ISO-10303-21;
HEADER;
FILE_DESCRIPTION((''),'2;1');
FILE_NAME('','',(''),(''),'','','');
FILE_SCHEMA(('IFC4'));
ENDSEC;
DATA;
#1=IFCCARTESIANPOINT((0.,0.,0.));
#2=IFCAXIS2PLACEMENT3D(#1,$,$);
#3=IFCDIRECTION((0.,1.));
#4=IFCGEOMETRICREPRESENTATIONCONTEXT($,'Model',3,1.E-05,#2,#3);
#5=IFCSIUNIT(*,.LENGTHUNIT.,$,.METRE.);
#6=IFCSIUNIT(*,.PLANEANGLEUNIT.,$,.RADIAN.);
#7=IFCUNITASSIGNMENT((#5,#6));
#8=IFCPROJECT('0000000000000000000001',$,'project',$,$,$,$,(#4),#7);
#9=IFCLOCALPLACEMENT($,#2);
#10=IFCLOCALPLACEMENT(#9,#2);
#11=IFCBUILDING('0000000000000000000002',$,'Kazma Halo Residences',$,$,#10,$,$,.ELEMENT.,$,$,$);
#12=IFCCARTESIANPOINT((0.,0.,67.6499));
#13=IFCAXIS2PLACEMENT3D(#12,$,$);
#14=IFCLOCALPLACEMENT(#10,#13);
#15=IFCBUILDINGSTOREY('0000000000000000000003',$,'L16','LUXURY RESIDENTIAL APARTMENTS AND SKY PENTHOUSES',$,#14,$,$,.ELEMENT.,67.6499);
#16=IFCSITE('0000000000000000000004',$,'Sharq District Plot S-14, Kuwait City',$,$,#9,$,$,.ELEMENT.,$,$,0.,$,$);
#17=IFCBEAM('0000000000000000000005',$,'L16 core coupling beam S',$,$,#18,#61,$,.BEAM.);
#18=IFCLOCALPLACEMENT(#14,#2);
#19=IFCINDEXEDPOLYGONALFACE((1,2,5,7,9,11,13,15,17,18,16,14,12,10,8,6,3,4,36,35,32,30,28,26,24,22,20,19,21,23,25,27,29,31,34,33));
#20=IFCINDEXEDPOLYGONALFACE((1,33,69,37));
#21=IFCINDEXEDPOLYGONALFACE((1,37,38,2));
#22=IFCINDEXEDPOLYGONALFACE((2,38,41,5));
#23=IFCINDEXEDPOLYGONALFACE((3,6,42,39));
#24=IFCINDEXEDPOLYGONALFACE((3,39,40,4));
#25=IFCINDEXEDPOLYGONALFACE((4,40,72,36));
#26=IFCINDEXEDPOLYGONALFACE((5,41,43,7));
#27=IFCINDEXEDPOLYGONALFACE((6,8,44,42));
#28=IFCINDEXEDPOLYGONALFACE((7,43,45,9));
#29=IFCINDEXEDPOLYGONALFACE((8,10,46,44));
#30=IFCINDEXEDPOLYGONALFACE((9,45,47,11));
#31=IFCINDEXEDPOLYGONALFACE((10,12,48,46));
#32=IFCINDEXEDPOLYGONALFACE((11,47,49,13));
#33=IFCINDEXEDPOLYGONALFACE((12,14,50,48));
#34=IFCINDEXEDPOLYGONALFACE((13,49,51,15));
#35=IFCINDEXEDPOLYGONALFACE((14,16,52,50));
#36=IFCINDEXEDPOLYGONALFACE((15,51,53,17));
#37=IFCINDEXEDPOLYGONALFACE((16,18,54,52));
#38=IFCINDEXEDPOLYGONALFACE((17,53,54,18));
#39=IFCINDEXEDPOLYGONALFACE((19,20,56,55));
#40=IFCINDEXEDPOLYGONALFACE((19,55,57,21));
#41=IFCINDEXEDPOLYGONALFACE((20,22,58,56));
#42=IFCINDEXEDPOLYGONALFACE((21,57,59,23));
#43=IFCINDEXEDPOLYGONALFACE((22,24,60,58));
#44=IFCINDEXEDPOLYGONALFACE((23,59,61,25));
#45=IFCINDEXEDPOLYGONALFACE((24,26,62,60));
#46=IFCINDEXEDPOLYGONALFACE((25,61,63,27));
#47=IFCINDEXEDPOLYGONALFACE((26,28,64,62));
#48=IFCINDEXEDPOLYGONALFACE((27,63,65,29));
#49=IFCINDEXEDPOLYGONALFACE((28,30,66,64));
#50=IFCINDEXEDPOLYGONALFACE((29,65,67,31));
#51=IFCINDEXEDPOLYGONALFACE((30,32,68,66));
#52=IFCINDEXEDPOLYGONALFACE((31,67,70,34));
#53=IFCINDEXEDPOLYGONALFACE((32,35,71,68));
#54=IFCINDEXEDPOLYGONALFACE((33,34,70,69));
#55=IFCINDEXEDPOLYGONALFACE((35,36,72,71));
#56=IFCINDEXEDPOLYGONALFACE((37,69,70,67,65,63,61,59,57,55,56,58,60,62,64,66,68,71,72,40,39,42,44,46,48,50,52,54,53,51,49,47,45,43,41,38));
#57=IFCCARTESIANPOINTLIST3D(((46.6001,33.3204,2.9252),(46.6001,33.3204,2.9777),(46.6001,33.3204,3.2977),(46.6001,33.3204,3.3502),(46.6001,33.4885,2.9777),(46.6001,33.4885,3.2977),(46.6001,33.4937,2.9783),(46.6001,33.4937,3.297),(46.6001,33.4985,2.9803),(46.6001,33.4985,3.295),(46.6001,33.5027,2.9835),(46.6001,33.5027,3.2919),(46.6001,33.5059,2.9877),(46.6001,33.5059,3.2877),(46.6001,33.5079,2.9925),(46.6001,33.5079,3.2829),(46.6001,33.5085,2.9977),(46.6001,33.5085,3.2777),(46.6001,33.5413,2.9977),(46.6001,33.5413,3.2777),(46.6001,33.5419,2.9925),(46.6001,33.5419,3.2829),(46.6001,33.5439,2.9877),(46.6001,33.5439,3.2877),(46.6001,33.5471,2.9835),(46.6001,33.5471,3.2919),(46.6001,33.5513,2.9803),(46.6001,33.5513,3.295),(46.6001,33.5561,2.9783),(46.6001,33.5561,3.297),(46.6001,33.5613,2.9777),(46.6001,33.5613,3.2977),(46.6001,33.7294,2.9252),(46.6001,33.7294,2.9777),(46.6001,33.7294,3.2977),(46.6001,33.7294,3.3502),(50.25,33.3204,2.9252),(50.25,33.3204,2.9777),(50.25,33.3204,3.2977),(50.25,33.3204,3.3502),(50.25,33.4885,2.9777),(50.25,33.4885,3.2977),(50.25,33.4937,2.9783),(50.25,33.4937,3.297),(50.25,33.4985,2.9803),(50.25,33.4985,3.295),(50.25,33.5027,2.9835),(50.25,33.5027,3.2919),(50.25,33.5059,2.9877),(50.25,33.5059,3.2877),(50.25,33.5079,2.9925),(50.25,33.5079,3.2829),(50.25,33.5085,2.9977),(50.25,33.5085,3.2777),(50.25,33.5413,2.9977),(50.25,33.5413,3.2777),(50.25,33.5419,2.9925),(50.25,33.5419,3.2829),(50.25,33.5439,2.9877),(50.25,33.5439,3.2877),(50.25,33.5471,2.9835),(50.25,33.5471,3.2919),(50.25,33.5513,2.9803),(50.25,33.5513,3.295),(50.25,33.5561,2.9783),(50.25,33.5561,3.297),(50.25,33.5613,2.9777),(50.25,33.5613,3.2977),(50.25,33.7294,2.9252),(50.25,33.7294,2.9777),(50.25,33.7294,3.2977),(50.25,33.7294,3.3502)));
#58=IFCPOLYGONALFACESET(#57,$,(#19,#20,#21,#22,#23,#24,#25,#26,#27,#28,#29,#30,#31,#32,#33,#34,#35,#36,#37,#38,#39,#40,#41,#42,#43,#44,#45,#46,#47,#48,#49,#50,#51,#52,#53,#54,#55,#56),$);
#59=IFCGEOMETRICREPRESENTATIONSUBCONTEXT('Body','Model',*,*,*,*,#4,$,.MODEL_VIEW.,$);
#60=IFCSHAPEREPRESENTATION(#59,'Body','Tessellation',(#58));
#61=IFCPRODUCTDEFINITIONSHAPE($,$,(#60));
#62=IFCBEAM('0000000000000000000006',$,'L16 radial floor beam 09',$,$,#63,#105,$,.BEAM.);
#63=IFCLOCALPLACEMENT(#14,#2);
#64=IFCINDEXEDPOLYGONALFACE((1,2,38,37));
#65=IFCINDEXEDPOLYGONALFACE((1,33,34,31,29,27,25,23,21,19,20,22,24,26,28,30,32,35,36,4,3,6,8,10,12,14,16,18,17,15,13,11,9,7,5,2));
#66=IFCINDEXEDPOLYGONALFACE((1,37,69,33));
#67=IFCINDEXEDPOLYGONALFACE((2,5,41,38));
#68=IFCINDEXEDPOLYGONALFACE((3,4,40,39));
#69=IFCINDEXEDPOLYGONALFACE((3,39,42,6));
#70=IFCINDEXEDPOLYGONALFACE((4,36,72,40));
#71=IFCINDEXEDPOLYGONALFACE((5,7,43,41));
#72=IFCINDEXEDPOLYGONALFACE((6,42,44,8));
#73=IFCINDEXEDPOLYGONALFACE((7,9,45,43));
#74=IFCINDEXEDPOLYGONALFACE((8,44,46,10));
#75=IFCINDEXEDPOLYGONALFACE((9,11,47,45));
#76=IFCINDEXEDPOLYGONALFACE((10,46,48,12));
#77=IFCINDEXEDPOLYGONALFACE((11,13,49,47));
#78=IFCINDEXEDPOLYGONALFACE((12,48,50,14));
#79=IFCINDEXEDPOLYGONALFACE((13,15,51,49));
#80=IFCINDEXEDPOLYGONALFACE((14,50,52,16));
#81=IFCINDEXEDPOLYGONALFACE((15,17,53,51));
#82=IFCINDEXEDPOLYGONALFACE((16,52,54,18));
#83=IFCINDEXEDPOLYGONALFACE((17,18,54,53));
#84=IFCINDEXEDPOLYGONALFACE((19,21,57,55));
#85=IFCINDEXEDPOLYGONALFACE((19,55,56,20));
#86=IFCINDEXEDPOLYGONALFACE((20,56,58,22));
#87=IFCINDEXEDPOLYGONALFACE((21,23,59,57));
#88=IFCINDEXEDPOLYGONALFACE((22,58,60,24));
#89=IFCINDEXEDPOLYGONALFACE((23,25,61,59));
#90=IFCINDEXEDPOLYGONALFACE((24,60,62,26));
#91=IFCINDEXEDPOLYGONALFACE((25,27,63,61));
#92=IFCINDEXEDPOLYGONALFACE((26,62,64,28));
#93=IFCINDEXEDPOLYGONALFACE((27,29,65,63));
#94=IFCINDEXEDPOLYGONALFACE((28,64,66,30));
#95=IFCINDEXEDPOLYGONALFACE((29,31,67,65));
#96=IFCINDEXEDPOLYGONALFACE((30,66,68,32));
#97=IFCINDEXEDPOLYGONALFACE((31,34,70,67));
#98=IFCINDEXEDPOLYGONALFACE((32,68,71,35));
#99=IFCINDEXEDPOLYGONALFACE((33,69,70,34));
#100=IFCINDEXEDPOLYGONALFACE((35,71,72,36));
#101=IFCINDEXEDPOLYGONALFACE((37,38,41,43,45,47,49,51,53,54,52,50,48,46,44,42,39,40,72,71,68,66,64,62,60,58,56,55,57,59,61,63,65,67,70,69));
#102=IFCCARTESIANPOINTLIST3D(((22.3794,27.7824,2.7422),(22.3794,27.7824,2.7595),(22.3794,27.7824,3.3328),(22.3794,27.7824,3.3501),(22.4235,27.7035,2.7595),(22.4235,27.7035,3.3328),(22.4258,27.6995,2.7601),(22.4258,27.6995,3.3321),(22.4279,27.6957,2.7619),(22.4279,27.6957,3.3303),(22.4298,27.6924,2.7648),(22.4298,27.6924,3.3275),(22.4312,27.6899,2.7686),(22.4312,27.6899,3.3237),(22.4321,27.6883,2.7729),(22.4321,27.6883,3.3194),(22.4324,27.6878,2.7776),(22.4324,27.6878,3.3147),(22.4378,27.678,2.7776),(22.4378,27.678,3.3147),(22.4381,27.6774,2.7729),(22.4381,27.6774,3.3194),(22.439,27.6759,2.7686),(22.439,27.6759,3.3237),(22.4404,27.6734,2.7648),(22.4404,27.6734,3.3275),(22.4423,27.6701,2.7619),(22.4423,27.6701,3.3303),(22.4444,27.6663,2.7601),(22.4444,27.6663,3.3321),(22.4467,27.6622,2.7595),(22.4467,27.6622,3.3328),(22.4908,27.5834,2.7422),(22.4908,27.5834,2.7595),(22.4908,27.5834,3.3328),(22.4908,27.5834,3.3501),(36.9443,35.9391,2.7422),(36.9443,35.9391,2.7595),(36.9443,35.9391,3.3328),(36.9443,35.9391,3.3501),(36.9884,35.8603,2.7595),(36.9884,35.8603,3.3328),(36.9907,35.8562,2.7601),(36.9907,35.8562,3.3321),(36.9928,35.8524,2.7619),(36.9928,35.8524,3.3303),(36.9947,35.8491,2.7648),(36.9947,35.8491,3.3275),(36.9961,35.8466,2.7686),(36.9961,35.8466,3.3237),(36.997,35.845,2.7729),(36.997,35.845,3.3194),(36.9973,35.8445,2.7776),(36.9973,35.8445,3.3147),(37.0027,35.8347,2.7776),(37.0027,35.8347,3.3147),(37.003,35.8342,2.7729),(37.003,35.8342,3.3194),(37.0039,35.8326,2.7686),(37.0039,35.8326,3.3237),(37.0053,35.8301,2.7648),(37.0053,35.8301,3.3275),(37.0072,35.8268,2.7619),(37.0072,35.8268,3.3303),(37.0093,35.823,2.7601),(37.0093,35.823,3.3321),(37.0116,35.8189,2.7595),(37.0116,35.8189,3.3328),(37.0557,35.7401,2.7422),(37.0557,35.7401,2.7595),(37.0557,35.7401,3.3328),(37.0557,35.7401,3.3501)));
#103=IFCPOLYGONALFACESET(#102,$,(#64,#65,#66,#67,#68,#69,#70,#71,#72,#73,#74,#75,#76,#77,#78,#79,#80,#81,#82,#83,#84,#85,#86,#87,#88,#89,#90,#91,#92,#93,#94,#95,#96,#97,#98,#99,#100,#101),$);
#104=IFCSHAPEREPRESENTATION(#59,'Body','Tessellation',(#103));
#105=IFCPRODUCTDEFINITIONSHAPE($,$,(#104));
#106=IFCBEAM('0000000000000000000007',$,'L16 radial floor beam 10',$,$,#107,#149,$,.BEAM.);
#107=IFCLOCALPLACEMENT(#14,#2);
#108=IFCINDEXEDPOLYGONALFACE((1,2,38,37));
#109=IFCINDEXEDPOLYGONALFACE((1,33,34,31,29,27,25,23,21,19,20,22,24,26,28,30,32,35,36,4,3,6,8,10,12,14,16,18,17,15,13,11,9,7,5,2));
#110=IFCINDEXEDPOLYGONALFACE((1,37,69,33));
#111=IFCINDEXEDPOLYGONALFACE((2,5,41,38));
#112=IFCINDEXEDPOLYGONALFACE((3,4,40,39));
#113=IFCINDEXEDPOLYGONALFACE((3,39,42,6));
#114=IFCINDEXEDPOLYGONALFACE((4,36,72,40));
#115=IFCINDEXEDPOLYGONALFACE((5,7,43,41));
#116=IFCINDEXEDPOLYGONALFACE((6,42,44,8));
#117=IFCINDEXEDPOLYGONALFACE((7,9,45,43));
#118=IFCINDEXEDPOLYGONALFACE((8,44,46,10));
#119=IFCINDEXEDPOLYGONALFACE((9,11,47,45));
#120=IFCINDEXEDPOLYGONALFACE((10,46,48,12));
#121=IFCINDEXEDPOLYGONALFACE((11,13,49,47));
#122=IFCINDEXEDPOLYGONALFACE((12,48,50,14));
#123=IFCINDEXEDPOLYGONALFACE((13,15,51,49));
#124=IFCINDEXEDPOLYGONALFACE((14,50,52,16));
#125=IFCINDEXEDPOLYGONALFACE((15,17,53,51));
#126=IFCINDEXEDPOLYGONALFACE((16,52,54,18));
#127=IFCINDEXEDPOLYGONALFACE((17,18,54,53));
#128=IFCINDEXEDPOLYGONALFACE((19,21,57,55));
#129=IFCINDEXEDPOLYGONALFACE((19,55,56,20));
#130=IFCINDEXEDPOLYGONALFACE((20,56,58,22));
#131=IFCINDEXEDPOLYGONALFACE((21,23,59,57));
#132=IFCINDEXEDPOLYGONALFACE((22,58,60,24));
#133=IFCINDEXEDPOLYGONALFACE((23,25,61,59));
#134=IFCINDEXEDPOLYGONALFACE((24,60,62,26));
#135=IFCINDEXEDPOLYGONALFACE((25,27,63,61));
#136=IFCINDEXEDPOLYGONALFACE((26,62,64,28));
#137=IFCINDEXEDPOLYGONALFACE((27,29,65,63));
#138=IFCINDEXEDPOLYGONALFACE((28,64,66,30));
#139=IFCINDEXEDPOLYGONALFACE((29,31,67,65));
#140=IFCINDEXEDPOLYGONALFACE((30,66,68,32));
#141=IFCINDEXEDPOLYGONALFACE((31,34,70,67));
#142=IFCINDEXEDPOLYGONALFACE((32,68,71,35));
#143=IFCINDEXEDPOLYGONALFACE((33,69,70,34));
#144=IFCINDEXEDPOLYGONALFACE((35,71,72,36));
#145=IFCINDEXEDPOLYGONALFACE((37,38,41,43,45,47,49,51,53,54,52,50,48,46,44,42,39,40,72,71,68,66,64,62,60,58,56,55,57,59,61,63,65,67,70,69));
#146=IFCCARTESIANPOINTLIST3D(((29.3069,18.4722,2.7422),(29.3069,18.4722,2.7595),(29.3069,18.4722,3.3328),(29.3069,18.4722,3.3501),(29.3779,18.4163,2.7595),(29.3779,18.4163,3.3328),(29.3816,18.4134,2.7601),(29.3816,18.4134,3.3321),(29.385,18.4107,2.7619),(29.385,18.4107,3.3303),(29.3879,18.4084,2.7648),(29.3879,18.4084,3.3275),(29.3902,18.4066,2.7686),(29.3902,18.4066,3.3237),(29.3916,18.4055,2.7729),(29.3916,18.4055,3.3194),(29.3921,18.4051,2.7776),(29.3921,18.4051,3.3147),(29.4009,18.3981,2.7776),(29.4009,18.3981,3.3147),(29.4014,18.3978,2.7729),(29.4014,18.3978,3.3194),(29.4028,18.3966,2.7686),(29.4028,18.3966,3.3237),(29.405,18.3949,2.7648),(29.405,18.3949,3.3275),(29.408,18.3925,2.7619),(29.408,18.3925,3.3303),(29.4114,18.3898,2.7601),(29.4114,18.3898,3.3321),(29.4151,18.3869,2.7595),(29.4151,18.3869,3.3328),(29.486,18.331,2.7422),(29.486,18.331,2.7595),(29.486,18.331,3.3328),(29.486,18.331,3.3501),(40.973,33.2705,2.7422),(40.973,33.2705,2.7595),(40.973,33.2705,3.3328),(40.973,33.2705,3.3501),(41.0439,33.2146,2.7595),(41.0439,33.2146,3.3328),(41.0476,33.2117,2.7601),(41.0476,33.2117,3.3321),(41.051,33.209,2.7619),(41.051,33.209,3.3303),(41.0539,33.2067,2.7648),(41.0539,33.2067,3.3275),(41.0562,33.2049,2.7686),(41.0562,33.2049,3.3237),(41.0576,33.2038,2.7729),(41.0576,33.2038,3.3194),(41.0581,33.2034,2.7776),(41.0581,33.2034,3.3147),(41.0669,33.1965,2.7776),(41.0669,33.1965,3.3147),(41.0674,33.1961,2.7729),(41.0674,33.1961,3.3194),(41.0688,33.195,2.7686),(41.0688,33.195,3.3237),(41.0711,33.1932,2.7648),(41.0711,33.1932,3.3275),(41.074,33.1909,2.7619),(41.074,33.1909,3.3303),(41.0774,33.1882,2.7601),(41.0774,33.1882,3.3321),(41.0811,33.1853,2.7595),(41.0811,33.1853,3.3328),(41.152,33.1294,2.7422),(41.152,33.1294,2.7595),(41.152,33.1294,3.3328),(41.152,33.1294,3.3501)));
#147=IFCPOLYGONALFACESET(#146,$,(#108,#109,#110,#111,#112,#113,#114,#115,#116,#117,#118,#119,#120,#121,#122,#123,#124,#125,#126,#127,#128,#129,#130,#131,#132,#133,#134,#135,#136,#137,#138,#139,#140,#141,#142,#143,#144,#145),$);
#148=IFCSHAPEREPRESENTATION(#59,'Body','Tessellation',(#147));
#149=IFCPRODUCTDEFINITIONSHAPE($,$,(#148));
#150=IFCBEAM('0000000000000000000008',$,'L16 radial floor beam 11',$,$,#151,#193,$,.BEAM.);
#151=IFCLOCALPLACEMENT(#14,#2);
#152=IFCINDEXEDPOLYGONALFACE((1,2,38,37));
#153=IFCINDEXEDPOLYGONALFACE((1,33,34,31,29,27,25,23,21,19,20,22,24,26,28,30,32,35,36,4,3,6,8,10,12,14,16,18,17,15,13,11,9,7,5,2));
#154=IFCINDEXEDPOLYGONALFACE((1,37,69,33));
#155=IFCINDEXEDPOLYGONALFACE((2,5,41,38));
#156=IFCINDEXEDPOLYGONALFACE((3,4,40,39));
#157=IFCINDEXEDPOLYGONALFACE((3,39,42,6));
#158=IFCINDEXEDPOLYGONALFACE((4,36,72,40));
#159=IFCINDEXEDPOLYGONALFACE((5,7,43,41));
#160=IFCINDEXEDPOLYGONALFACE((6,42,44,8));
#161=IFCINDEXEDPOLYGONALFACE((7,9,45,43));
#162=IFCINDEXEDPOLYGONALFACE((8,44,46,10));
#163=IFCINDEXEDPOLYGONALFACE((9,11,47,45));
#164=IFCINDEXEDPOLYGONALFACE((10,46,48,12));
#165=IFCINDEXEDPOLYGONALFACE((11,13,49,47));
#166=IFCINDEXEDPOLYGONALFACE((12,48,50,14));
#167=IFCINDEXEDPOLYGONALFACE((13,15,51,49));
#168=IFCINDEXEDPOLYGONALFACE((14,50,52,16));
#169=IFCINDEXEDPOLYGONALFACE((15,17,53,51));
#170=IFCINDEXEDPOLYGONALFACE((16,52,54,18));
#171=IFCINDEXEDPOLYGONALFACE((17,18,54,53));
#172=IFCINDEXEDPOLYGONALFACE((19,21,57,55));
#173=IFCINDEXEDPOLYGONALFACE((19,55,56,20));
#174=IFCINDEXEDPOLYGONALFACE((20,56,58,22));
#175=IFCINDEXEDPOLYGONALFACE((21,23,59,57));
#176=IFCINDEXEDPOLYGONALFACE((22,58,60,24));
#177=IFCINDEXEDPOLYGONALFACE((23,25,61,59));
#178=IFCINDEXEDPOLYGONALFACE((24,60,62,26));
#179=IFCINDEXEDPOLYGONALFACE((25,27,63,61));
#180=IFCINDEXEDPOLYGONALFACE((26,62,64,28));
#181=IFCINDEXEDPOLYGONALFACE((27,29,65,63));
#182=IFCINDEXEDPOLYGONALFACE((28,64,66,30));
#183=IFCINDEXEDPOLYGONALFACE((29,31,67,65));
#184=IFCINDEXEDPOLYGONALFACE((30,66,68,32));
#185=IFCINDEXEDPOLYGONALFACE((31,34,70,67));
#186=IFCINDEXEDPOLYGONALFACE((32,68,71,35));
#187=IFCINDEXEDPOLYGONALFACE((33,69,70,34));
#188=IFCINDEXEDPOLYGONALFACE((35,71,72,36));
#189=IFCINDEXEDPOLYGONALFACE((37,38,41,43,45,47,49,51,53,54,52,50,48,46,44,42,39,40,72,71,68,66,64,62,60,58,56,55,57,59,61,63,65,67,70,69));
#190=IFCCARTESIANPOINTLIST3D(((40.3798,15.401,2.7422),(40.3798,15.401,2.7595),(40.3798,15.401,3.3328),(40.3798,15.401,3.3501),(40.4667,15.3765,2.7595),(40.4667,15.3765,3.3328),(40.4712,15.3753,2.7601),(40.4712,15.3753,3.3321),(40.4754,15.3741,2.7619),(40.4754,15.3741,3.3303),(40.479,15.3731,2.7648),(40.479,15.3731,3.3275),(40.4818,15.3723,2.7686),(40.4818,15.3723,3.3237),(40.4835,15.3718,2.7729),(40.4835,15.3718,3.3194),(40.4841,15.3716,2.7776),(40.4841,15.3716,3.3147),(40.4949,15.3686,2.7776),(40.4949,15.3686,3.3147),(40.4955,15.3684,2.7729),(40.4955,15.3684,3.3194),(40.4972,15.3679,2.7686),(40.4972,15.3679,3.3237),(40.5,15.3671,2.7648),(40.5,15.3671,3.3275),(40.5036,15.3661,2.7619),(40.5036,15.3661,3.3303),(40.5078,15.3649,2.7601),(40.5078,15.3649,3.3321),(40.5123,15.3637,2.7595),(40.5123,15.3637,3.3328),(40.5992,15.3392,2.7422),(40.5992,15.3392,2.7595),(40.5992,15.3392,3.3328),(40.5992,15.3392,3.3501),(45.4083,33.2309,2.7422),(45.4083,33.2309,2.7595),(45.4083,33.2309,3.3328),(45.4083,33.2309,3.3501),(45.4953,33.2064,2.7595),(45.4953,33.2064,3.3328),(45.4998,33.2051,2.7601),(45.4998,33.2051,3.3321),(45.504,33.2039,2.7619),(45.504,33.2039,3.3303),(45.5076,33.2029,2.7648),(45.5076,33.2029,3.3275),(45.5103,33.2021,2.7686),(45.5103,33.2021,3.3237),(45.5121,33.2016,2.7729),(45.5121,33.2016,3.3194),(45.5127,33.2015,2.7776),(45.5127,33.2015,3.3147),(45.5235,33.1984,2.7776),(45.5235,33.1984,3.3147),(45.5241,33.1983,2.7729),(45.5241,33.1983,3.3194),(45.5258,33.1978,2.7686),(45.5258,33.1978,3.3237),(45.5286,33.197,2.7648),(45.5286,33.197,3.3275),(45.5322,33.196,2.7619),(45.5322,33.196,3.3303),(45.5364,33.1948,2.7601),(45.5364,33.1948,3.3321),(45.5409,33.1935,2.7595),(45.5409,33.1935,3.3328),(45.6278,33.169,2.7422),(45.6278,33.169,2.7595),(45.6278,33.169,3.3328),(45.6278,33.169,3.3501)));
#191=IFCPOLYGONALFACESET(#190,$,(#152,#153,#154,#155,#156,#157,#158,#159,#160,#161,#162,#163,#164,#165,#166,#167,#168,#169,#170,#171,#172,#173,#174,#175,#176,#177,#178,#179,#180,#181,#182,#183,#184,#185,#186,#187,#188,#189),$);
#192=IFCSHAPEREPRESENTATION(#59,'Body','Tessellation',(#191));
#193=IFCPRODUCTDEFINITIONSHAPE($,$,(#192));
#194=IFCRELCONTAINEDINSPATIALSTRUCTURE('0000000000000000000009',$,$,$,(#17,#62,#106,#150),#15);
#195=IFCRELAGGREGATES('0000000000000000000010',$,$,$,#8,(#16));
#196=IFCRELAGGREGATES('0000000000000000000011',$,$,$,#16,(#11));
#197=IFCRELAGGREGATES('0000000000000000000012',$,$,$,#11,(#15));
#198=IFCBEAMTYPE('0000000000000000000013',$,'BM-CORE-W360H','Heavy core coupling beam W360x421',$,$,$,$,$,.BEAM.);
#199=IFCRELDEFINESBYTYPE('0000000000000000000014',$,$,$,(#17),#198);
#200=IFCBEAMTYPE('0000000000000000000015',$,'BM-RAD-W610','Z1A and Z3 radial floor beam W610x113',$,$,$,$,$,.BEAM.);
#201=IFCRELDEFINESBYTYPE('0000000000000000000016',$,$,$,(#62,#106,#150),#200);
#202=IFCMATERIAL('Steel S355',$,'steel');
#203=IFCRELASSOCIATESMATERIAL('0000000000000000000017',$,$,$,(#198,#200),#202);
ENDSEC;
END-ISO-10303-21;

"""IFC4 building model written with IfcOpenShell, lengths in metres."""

from ifc_helpers import new_model, si_unit, direction, frame, origin, origin_2d, place, context, subcontext, project, spatial, i_section, extrude, material, material_profile, profile_set, type_object, element, save


model = new_model("IFC4")

# Units and contexts
model_context = context("Model", 3, precision=1e-05, world=origin(), true_north=direction((0.0, 1.0)))
body_context = subcontext(model_context, "Body", "Model", "MODEL_VIEW")
ifc_project = project(units=[si_unit("LENGTHUNIT", "METRE"), si_unit("PLANEANGLEUNIT", "RADIAN")], contexts=[model_context])

# Site, building, storey
site_placement = place(None, origin())
site = spatial("IfcSite", under=ifc_project, at=site_placement, Name="Sharq District Plot S-14, Kuwait City", CompositionType="ELEMENT", RefElevation=0.0)
building_placement = place(site_placement, origin())
building = spatial("IfcBuilding", under=site, at=building_placement, Name="Kazma Halo Residences", CompositionType="ELEMENT")
storey_placement = place(building_placement, frame((0.0, 0.0, 67.6499)))
storey = spatial("IfcBuildingStorey", under=building, at=storey_placement, Name="L16", Description="LUXURY RESIDENTIAL APARTMENTS AND SKY PENTHOUSES", CompositionType="ELEMENT", Elevation=67.6499)

# Beams
ifc_material_1 = material(Name="Steel S355", Category="steel")
ifc_material_profile_1 = material_profile(ifc_material_1, i_section(OverallWidth=0.4089, OverallDepth=0.425, WebThickness=0.0327, FlangeThickness=0.0525, FilletRadius=0.02, at=origin_2d()), Name="W360x421")
ifc_profile_set_1 = profile_set([ifc_material_profile_1], Name="Steel S355")
beam_type_1 = type_object("IfcBeamType", Name="BM-CORE-W360H", Description="Heavy core coupling beam W360x421", PredefinedType="BEAM", material=ifc_profile_set_1)
beam_1_placement = place(storey_placement, frame((46.6001, 33.5249, 3.1377), z_axis=(1.0, 0.0, 0.0), x_axis=(0.0, 1.0, 0.0)))
element("IfcBeam", 1, at=beam_1_placement, inside=storey, type_object=beam_type_1, Name="L16 core coupling beam S", PredefinedType="BEAM", context=body_context, shape_type="SweptSolid", body=[
    extrude(i_section(OverallWidth=0.4089, OverallDepth=0.425, WebThickness=0.0327, FlangeThickness=0.0525, FilletRadius=0.02, at=origin_2d()), origin(), (0.0, 0.0, 1.0), 3.6499),
])
ifc_material_profile_2 = material_profile(ifc_material_1, i_section(OverallWidth=0.228, OverallDepth=0.6079, WebThickness=0.0112, FlangeThickness=0.0173, FilletRadius=0.0181, at=origin_2d()), Name="W610x113")
ifc_profile_set_2 = profile_set([ifc_material_profile_2], Name="Steel S355")
beam_type_2 = type_object("IfcBeamType", Name="BM-RAD-W610", Description="Z1A and Z3 radial floor beam W610x113", PredefinedType="BEAM", material=ifc_profile_set_2)
beam_2_placement = place(storey_placement, frame((37.0, 35.8396, 3.0461), z_axis=(-0.872497, -0.48862, 0.0), x_axis=(0.48862, -0.872497, 0.0)))
element("IfcBeam", 2, at=beam_2_placement, inside=storey, type_object=beam_type_2, Name="L16 radial floor beam 09", PredefinedType="BEAM", context=body_context, shape_type="SweptSolid", body=[
    extrude(i_section(OverallWidth=0.228, OverallDepth=0.6079, WebThickness=0.0112, FlangeThickness=0.0173, FilletRadius=0.0181, at=origin_2d()), origin(), (0.0, 0.0, 1.0), 16.6934),
])
beam_3_placement = place(storey_placement, frame((41.0625, 33.2, 3.0461), z_axis=(-0.619092, -0.785318, 0.0), x_axis=(0.785318, -0.619092, 0.0)))
element("IfcBeam", 3, at=beam_3_placement, inside=storey, type_object=beam_type_2, Name="L16 radial floor beam 10", PredefinedType="BEAM", context=body_context, shape_type="SweptSolid", body=[
    extrude(i_section(OverallWidth=0.228, OverallDepth=0.6079, WebThickness=0.0112, FlangeThickness=0.0173, FilletRadius=0.0181, at=origin_2d()), origin(), (0.0, 0.0, 1.0), 18.8438),
])
beam_4_placement = place(storey_placement, frame((45.5181, 33.2, 3.0461), z_axis=(-0.271442, -0.962455, 0.0), x_axis=(0.962455, -0.271442, 0.0)))
element("IfcBeam", 4, at=beam_4_placement, inside=storey, type_object=beam_type_2, Name="L16 radial floor beam 11", PredefinedType="BEAM", context=body_context, shape_type="SweptSolid", body=[
    extrude(i_section(OverallWidth=0.228, OverallDepth=0.6079, WebThickness=0.0112, FlangeThickness=0.0173, FilletRadius=0.0181, at=origin_2d()), origin(), (0.0, 0.0, 1.0), 18.5254),
])

save(model, "model.ifc")
